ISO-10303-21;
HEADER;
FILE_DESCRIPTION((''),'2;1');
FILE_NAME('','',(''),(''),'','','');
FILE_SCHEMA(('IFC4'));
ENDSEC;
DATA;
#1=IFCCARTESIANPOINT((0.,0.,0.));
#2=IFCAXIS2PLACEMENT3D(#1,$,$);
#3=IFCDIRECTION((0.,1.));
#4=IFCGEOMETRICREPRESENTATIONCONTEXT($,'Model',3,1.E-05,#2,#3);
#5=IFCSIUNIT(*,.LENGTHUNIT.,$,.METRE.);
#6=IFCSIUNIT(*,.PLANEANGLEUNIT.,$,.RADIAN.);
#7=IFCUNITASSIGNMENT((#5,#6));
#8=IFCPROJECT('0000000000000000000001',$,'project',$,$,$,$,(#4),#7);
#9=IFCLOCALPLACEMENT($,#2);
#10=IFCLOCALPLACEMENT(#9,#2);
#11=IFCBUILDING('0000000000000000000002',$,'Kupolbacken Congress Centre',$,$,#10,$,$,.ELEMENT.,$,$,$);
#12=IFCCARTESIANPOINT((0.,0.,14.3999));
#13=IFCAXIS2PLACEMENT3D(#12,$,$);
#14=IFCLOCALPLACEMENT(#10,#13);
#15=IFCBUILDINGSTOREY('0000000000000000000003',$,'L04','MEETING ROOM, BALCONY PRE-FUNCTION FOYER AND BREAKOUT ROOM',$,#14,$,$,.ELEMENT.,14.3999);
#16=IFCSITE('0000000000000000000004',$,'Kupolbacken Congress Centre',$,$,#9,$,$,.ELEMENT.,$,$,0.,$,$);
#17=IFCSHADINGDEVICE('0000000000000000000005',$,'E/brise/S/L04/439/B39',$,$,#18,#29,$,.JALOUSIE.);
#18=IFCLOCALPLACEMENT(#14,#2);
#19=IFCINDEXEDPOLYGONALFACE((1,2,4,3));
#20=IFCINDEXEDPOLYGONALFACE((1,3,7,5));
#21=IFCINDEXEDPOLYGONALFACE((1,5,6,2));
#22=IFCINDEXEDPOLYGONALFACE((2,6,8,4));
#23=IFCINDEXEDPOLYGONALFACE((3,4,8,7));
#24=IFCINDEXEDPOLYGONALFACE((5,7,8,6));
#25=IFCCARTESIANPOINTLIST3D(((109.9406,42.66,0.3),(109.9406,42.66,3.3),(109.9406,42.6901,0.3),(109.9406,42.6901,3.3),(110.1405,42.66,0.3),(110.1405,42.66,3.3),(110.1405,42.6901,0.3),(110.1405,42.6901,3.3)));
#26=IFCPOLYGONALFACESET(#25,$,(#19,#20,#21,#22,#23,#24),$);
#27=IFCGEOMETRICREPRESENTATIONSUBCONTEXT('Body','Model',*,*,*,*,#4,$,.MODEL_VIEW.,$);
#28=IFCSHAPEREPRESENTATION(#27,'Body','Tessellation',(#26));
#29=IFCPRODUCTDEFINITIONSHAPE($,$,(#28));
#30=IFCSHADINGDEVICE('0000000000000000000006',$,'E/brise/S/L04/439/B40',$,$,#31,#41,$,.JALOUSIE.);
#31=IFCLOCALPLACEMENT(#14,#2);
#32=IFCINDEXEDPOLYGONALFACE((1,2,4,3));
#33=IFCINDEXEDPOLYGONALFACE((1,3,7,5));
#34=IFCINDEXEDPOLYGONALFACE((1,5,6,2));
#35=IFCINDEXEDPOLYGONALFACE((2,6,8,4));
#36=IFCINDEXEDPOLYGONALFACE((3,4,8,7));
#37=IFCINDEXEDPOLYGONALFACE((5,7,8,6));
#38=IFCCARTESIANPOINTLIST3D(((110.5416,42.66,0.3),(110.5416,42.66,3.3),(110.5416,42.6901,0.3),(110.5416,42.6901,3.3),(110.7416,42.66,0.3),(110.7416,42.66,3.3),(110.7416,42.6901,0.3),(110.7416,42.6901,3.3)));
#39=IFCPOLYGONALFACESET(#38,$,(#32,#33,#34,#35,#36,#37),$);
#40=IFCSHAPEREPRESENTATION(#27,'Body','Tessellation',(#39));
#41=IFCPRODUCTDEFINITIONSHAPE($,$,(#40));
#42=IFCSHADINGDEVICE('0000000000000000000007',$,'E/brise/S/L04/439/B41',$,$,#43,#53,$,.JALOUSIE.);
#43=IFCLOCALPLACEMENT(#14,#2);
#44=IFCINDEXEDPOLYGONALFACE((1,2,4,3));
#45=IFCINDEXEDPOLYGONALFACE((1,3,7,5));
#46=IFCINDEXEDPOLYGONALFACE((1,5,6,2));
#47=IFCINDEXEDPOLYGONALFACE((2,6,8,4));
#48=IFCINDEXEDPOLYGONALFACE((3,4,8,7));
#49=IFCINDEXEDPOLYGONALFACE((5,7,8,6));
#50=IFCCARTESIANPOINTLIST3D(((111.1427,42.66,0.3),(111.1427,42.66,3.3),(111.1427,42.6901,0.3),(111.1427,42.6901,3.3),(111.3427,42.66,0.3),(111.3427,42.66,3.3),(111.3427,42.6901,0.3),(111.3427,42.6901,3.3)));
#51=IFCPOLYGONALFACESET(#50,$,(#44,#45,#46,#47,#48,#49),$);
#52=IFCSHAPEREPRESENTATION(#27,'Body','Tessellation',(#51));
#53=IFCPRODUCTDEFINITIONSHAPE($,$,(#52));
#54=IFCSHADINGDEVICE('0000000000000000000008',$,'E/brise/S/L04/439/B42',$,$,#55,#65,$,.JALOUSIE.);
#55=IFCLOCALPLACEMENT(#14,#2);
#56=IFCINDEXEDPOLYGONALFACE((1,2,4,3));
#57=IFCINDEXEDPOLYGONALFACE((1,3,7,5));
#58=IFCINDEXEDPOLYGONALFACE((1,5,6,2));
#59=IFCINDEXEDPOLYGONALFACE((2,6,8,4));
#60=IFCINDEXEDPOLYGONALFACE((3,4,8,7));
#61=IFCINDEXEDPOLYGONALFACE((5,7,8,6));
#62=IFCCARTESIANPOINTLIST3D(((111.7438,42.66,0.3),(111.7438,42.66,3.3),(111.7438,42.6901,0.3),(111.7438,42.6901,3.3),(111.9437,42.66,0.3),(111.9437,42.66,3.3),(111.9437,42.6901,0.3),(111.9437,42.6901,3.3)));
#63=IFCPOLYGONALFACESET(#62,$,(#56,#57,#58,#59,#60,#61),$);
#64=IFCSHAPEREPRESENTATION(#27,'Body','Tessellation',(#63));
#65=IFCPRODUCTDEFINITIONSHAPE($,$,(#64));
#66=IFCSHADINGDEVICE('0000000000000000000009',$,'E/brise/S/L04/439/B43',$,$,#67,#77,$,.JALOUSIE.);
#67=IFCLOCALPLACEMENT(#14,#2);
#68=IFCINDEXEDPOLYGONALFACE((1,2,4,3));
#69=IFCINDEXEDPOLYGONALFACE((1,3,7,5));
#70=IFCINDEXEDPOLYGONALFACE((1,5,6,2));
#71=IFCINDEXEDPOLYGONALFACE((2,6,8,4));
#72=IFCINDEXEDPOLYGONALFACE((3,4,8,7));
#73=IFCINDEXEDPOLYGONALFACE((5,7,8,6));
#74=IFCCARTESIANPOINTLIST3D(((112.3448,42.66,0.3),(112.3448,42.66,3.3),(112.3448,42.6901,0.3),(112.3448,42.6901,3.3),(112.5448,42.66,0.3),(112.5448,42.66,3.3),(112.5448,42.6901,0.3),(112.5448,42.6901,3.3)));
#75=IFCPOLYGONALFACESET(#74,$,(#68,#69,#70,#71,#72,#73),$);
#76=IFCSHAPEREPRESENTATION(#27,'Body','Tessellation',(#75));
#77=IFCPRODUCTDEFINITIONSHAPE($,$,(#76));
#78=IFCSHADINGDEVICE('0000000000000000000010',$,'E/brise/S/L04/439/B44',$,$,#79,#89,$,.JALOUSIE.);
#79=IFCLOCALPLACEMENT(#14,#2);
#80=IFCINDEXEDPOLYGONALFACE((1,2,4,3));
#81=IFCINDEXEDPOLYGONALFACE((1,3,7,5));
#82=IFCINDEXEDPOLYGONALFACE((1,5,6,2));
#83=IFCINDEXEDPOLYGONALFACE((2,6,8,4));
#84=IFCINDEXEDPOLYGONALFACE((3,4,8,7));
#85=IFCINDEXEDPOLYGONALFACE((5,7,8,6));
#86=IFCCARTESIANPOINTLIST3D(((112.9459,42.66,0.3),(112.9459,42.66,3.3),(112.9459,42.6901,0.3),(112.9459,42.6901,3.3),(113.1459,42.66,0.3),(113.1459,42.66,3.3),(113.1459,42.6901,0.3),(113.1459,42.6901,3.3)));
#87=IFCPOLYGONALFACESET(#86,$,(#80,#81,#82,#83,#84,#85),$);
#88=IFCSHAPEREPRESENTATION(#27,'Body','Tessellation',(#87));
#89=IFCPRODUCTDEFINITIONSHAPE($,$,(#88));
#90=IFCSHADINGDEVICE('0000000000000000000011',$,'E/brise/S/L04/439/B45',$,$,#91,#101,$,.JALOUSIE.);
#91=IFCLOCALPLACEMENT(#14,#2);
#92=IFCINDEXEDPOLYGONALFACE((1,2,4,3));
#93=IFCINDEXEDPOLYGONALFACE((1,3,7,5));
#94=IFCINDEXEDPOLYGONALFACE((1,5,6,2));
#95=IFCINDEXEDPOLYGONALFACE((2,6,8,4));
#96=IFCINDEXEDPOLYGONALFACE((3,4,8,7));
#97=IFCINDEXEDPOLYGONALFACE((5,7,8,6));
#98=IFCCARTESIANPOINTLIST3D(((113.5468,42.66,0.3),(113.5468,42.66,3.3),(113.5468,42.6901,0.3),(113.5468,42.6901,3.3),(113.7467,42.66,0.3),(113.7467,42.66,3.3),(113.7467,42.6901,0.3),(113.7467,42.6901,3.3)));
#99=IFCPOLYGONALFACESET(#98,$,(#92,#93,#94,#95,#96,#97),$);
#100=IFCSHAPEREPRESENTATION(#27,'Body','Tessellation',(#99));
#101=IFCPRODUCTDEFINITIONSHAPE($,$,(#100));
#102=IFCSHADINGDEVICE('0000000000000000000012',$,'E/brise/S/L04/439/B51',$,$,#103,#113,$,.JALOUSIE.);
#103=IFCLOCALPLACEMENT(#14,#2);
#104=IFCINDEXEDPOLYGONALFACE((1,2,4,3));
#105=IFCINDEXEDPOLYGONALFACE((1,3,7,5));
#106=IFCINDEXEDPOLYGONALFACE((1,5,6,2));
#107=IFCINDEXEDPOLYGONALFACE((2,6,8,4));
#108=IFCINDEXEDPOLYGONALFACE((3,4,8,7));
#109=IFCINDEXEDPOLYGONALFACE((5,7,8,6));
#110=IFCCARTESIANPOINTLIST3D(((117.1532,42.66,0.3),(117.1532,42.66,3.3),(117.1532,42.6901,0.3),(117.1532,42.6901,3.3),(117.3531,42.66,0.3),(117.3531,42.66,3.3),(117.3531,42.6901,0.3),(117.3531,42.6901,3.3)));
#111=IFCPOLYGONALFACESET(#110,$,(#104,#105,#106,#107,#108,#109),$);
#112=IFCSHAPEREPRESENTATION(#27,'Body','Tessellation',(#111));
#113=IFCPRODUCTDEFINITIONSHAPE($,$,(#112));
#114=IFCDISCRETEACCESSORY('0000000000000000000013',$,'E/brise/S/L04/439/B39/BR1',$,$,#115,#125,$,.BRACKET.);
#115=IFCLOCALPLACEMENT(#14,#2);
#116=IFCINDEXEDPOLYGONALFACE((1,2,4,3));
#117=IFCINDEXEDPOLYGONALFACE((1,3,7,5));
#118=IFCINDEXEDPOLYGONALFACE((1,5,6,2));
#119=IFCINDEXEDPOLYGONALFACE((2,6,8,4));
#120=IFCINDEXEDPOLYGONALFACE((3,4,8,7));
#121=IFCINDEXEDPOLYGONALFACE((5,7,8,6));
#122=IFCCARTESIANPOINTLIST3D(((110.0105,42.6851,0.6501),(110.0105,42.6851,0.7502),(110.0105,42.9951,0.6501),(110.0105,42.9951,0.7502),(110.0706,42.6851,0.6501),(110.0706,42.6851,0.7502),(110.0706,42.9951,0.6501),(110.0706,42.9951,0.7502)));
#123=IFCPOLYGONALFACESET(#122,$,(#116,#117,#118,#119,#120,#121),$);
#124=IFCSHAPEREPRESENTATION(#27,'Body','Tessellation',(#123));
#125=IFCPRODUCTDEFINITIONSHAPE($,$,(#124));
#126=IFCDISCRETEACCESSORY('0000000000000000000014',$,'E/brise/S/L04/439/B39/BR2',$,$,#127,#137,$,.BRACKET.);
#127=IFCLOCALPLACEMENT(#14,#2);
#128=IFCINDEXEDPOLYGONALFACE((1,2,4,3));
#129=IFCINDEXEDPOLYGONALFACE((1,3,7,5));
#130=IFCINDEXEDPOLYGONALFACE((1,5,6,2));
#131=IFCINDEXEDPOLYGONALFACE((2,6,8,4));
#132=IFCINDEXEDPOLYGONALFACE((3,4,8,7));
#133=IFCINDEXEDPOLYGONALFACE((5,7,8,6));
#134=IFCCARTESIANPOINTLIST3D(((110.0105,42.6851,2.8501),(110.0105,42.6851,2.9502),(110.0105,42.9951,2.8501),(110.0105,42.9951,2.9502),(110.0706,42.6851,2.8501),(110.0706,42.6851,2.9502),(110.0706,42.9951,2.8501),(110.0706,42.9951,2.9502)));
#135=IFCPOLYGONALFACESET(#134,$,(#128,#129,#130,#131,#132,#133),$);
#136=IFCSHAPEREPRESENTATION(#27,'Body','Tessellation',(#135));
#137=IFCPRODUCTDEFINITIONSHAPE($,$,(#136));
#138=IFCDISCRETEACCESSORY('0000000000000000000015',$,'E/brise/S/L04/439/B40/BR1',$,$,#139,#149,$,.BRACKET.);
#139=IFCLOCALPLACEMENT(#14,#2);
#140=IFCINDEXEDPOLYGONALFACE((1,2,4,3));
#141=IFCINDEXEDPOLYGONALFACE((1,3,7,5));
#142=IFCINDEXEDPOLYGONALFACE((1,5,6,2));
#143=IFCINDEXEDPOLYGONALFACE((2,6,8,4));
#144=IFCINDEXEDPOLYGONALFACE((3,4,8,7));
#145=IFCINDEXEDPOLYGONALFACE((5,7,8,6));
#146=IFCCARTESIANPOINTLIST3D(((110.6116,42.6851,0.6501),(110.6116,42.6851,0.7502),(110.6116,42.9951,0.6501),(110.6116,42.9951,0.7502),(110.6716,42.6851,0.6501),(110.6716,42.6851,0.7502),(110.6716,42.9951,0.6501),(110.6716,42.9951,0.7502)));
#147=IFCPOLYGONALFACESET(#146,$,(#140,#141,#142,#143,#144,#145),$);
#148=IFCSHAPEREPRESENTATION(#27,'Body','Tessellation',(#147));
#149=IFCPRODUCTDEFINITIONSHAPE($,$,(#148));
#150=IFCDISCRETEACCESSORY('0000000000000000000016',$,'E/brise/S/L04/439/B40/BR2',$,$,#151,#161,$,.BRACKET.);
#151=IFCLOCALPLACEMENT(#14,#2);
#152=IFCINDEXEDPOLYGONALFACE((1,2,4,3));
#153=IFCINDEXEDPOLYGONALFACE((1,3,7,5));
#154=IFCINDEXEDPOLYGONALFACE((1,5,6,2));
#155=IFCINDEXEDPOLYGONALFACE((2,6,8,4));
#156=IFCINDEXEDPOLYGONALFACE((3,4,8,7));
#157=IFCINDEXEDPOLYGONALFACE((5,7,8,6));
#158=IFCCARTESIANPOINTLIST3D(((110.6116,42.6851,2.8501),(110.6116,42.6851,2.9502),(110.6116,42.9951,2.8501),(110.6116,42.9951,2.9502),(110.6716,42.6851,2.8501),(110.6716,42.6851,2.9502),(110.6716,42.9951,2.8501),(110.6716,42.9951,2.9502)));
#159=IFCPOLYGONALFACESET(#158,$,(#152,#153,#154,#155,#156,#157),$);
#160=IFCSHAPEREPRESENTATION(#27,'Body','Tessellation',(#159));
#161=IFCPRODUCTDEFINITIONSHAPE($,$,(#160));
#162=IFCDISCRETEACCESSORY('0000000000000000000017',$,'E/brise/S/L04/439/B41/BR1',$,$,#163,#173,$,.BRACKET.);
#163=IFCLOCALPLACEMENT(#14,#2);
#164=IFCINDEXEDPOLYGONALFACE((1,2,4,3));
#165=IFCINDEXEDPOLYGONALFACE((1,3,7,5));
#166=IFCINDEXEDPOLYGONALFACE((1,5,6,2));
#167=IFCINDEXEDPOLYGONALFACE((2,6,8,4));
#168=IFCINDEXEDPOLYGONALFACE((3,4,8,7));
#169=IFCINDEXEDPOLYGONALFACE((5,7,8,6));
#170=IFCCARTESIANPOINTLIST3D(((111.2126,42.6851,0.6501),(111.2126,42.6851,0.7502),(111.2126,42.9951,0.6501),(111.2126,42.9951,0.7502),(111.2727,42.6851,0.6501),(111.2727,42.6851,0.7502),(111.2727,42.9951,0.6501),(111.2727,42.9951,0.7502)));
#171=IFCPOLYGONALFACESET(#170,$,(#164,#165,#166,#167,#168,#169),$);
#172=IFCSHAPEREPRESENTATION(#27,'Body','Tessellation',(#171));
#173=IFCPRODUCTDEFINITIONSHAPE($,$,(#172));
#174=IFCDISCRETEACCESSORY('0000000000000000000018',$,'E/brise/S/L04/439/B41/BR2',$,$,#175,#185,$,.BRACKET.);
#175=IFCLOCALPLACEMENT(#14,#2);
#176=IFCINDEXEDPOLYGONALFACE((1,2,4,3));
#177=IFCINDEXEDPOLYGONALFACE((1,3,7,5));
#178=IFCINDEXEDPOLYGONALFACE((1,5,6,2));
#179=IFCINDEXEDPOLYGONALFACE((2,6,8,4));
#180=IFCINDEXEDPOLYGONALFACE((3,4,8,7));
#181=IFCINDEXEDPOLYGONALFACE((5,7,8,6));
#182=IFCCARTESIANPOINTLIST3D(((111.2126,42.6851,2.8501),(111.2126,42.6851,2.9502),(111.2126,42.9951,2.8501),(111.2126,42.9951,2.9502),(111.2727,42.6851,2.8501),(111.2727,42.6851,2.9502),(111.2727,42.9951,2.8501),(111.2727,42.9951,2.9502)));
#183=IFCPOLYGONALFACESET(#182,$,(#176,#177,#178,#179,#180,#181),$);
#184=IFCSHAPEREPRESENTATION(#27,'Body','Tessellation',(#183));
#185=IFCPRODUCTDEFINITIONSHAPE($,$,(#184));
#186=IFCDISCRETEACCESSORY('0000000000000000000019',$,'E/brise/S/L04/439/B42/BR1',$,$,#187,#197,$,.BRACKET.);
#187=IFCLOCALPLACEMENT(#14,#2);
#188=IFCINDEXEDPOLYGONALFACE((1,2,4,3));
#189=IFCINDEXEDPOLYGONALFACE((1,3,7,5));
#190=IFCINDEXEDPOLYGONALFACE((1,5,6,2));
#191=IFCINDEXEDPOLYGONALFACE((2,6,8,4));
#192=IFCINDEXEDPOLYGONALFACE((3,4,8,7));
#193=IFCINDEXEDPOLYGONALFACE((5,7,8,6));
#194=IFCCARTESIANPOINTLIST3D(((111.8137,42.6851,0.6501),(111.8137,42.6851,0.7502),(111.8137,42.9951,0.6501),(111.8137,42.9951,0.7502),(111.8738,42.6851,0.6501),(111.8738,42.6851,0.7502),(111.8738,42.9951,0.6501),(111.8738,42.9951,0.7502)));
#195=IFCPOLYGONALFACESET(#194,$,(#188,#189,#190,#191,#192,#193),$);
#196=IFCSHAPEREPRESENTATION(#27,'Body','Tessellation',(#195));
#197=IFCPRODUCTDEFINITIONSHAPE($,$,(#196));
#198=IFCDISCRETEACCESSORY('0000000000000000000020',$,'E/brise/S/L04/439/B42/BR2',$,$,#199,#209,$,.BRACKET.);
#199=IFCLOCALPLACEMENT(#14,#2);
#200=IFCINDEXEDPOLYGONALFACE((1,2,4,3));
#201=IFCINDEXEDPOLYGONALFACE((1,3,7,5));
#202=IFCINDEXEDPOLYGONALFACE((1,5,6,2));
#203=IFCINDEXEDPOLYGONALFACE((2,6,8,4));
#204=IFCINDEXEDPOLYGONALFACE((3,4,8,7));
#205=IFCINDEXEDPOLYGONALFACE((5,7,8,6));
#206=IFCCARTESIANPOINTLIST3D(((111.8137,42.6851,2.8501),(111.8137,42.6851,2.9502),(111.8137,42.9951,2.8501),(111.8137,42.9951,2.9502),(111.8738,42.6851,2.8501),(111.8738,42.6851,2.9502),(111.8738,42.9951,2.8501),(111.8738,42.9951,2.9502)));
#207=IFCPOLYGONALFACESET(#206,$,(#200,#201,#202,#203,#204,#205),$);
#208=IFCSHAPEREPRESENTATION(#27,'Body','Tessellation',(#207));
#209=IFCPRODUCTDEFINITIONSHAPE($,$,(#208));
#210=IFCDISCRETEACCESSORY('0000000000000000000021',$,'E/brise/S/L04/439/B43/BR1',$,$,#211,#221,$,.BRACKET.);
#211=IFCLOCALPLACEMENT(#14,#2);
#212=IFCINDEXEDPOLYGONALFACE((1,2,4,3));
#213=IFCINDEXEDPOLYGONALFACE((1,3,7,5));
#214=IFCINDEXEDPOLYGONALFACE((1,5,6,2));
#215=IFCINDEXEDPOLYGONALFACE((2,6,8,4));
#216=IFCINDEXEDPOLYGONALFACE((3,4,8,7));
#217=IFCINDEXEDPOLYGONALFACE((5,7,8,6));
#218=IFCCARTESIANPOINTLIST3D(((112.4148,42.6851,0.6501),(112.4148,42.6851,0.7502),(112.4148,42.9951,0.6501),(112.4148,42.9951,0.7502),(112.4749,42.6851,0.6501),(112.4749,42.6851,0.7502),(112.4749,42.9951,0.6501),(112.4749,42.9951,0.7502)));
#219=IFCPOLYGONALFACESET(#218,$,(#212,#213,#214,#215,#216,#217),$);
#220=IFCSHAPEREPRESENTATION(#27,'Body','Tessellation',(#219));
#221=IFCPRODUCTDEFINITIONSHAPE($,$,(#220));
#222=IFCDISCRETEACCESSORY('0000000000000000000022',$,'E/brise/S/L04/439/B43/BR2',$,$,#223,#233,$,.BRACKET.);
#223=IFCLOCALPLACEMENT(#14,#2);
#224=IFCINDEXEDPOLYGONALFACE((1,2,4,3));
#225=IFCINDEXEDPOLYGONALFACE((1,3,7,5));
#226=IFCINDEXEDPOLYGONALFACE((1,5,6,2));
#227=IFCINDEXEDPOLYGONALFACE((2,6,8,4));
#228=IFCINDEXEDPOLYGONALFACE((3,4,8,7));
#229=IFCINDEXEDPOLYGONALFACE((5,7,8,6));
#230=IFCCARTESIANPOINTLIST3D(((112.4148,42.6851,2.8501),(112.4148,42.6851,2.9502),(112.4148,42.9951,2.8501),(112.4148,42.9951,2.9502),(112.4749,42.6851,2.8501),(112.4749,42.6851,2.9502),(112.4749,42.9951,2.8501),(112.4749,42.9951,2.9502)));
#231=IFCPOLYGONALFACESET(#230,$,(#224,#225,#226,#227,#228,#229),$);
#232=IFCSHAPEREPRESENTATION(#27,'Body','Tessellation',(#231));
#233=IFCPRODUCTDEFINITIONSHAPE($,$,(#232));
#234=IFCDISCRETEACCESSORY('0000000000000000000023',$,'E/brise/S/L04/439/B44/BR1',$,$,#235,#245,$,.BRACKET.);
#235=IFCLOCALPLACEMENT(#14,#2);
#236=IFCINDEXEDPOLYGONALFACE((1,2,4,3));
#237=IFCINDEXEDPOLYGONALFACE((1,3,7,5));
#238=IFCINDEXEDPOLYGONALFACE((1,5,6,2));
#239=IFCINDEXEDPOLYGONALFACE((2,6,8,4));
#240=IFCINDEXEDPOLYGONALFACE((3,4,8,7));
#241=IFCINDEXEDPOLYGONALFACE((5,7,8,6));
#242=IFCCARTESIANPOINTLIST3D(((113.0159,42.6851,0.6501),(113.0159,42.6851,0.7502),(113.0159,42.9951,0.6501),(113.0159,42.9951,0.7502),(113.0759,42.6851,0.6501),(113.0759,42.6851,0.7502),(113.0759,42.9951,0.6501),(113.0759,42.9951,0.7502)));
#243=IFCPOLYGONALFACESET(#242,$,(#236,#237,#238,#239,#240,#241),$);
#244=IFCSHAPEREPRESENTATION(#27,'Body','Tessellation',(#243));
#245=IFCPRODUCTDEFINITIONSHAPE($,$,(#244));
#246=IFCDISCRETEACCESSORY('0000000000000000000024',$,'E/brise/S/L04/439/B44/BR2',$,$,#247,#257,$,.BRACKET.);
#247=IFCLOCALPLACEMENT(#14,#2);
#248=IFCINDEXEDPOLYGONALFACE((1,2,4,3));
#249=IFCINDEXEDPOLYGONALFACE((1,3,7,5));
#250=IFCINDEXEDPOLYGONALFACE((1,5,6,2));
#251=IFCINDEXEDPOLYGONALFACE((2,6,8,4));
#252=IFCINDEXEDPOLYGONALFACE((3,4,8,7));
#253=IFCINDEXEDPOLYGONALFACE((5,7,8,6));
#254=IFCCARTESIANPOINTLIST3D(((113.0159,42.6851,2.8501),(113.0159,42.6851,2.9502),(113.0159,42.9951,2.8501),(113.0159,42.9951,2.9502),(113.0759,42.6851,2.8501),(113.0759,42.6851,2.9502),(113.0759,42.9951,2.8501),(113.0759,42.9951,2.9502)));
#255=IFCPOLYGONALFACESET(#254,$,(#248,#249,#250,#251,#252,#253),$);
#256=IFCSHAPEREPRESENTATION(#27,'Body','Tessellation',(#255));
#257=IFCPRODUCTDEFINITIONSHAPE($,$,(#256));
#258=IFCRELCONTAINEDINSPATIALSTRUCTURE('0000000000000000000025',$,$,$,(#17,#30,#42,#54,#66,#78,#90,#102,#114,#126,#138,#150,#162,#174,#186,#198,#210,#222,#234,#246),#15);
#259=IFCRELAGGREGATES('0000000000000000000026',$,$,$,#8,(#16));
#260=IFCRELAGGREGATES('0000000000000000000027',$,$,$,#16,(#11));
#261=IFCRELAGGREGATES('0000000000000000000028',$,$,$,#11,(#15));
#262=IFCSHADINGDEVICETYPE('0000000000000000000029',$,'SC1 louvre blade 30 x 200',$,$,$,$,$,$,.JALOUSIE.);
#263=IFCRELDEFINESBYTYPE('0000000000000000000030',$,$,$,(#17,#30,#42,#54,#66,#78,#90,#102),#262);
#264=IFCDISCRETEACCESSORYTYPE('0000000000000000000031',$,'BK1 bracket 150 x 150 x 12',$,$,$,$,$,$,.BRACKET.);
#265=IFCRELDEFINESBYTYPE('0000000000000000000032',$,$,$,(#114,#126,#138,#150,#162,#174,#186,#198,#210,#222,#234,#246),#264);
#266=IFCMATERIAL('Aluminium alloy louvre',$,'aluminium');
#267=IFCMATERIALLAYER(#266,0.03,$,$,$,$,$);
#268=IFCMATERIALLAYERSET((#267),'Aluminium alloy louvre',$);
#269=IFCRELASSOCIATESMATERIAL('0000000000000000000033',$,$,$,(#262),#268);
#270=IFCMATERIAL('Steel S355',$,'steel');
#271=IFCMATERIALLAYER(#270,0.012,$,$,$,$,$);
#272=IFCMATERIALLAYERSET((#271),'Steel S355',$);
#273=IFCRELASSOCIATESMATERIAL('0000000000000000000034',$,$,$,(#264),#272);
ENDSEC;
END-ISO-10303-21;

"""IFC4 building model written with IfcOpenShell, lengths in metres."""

from ifc_helpers import new_model, si_unit, direction, frame, origin, origin_2d, place, context, subcontext, project, spatial, rectangle, extrude, material, layer, layer_set, type_object, element, save


model = new_model("IFC4")

# Units and contexts
model_context = context("Model", 3, precision=1e-05, world=origin(), true_north=direction((0.0, 1.0)))
body_context = subcontext(model_context, "Body", "Model", "MODEL_VIEW")
ifc_project = project(units=[si_unit("LENGTHUNIT", "METRE"), si_unit("PLANEANGLEUNIT", "RADIAN")], contexts=[model_context])

# Site, building, storey
site_placement = place(None, origin())
site = spatial("IfcSite", under=ifc_project, at=site_placement, Name="Kupolbacken Congress Centre", CompositionType="ELEMENT", RefElevation=0.0)
building_placement = place(site_placement, origin())
building = spatial("IfcBuilding", under=site, at=building_placement, Name="Kupolbacken Congress Centre", CompositionType="ELEMENT")
storey_placement = place(building_placement, frame((0.0, 0.0, 14.3999)))
storey = spatial("IfcBuildingStorey", under=building, at=storey_placement, Name="L04", Description="MEETING ROOM, BALCONY PRE-FUNCTION FOYER AND BREAKOUT ROOM", CompositionType="ELEMENT", Elevation=14.3999)

# Shading devices
ifc_material_1 = material(Name="Aluminium alloy louvre", Category="aluminium")
ifc_layer_1 = layer(ifc_material_1, 0.03)
ifc_layer_set_1 = layer_set([ifc_layer_1], Name="Aluminium alloy louvre")
shading_device_type = type_object("IfcShadingDeviceType", Name="SC1 louvre blade 30 x 200", PredefinedType="JALOUSIE", material=ifc_layer_set_1)
for number, where, z_axis, x_axis, name in (
    (1, (110.0405, 42.675, 0.3), (0.0, 0.0, 1.0), (1.0, 0.0, 0.0), "E/brise/S/L04/439/B39"),
    (2, (110.6416, 42.675, 0.3), (0.0, 0.0, 1.0), (1.0, 0.0, 0.0), "E/brise/S/L04/439/B40"),
    (3, (111.2427, 42.675, 0.3), (0.0, 0.0, 1.0), (1.0, 0.0, 0.0), "E/brise/S/L04/439/B41"),
    (4, (111.8438, 42.675, 0.3), (0.0, 0.0, 1.0), (1.0, 0.0, 0.0), "E/brise/S/L04/439/B42"),
    (5, (112.4448, 42.675, 0.3), (0.0, 0.0, 1.0), (1.0, 0.0, 0.0), "E/brise/S/L04/439/B43"),
    (6, (113.0459, 42.675, 0.3), (0.0, 0.0, 1.0), (1.0, 0.0, 0.0), "E/brise/S/L04/439/B44"),
    (7, (113.6467, 42.675, 0.3), (0.0, 0.0, 1.0), (1.0, 0.0, 0.0), "E/brise/S/L04/439/B45"),
    (8, (117.2532, 42.675, 0.3), (0.0, 0.0, 1.0), (1.0, 0.0, 0.0), "E/brise/S/L04/439/B51"),
):
    element("IfcShadingDevice", number, at=place(storey_placement, frame(where, z_axis=z_axis, x_axis=x_axis)), inside=storey, type_object=shading_device_type, Name=name, PredefinedType="JALOUSIE", context=body_context, shape_type="SweptSolid", body=[
        extrude(rectangle(XDim=0.2, YDim=0.03, at=origin_2d()), origin(), (0.0, 0.0, 1.0), 3.0),
    ])

# Discrete accessories
ifc_material_2 = material(Name="Steel S355", Category="steel")
ifc_layer_2 = layer(ifc_material_2, 0.012)
ifc_layer_set_2 = layer_set([ifc_layer_2], Name="Steel S355")
discrete_accessory_type = type_object("IfcDiscreteAccessoryType", Name="BK1 bracket 150 x 150 x 12", PredefinedType="BRACKET", material=ifc_layer_set_2)
for number, where, z_axis, x_axis, name in (
    (9, (110.0405, 42.8401, 0.6501), (0.0, 0.0, 1.0), (1.0, 0.0, 0.0), "E/brise/S/L04/439/B39/BR1"),
    (10, (110.0405, 42.8401, 2.8501), (0.0, 0.0, 1.0), (1.0, 0.0, 0.0), "E/brise/S/L04/439/B39/BR2"),
    (11, (110.6416, 42.8401, 0.6501), (0.0, 0.0, 1.0), (1.0, 0.0, 0.0), "E/brise/S/L04/439/B40/BR1"),
    (12, (110.6416, 42.8401, 2.8501), (0.0, 0.0, 1.0), (1.0, 0.0, 0.0), "E/brise/S/L04/439/B40/BR2"),
    (13, (111.2427, 42.8401, 0.6501), (0.0, 0.0, 1.0), (1.0, 0.0, 0.0), "E/brise/S/L04/439/B41/BR1"),
    (14, (111.2427, 42.8401, 2.8501), (0.0, 0.0, 1.0), (1.0, 0.0, 0.0), "E/brise/S/L04/439/B41/BR2"),
    (15, (111.8438, 42.8401, 0.6501), (0.0, 0.0, 1.0), (1.0, 0.0, 0.0), "E/brise/S/L04/439/B42/BR1"),
    (16, (111.8438, 42.8401, 2.8501), (0.0, 0.0, 1.0), (1.0, 0.0, 0.0), "E/brise/S/L04/439/B42/BR2"),
    (17, (112.4448, 42.8401, 0.6501), (0.0, 0.0, 1.0), (1.0, 0.0, 0.0), "E/brise/S/L04/439/B43/BR1"),
    (18, (112.4448, 42.8401, 2.8501), (0.0, 0.0, 1.0), (1.0, 0.0, 0.0), "E/brise/S/L04/439/B43/BR2"),
    (19, (113.0459, 42.8401, 0.6501), (0.0, 0.0, 1.0), (1.0, 0.0, 0.0), "E/brise/S/L04/439/B44/BR1"),
    (20, (113.0459, 42.8401, 2.8501), (0.0, 0.0, 1.0), (1.0, 0.0, 0.0), "E/brise/S/L04/439/B44/BR2"),
):
    element("IfcDiscreteAccessory", number, at=place(storey_placement, frame(where, z_axis=z_axis, x_axis=x_axis)), inside=storey, type_object=discrete_accessory_type, Name=name, PredefinedType="BRACKET", context=body_context, shape_type="SweptSolid", body=[
        extrude(rectangle(XDim=0.0601, YDim=0.3101, at=origin_2d()), origin(), (0.0, 0.0, 1.0), 0.1001),
    ])

save(model, "model.ifc")
